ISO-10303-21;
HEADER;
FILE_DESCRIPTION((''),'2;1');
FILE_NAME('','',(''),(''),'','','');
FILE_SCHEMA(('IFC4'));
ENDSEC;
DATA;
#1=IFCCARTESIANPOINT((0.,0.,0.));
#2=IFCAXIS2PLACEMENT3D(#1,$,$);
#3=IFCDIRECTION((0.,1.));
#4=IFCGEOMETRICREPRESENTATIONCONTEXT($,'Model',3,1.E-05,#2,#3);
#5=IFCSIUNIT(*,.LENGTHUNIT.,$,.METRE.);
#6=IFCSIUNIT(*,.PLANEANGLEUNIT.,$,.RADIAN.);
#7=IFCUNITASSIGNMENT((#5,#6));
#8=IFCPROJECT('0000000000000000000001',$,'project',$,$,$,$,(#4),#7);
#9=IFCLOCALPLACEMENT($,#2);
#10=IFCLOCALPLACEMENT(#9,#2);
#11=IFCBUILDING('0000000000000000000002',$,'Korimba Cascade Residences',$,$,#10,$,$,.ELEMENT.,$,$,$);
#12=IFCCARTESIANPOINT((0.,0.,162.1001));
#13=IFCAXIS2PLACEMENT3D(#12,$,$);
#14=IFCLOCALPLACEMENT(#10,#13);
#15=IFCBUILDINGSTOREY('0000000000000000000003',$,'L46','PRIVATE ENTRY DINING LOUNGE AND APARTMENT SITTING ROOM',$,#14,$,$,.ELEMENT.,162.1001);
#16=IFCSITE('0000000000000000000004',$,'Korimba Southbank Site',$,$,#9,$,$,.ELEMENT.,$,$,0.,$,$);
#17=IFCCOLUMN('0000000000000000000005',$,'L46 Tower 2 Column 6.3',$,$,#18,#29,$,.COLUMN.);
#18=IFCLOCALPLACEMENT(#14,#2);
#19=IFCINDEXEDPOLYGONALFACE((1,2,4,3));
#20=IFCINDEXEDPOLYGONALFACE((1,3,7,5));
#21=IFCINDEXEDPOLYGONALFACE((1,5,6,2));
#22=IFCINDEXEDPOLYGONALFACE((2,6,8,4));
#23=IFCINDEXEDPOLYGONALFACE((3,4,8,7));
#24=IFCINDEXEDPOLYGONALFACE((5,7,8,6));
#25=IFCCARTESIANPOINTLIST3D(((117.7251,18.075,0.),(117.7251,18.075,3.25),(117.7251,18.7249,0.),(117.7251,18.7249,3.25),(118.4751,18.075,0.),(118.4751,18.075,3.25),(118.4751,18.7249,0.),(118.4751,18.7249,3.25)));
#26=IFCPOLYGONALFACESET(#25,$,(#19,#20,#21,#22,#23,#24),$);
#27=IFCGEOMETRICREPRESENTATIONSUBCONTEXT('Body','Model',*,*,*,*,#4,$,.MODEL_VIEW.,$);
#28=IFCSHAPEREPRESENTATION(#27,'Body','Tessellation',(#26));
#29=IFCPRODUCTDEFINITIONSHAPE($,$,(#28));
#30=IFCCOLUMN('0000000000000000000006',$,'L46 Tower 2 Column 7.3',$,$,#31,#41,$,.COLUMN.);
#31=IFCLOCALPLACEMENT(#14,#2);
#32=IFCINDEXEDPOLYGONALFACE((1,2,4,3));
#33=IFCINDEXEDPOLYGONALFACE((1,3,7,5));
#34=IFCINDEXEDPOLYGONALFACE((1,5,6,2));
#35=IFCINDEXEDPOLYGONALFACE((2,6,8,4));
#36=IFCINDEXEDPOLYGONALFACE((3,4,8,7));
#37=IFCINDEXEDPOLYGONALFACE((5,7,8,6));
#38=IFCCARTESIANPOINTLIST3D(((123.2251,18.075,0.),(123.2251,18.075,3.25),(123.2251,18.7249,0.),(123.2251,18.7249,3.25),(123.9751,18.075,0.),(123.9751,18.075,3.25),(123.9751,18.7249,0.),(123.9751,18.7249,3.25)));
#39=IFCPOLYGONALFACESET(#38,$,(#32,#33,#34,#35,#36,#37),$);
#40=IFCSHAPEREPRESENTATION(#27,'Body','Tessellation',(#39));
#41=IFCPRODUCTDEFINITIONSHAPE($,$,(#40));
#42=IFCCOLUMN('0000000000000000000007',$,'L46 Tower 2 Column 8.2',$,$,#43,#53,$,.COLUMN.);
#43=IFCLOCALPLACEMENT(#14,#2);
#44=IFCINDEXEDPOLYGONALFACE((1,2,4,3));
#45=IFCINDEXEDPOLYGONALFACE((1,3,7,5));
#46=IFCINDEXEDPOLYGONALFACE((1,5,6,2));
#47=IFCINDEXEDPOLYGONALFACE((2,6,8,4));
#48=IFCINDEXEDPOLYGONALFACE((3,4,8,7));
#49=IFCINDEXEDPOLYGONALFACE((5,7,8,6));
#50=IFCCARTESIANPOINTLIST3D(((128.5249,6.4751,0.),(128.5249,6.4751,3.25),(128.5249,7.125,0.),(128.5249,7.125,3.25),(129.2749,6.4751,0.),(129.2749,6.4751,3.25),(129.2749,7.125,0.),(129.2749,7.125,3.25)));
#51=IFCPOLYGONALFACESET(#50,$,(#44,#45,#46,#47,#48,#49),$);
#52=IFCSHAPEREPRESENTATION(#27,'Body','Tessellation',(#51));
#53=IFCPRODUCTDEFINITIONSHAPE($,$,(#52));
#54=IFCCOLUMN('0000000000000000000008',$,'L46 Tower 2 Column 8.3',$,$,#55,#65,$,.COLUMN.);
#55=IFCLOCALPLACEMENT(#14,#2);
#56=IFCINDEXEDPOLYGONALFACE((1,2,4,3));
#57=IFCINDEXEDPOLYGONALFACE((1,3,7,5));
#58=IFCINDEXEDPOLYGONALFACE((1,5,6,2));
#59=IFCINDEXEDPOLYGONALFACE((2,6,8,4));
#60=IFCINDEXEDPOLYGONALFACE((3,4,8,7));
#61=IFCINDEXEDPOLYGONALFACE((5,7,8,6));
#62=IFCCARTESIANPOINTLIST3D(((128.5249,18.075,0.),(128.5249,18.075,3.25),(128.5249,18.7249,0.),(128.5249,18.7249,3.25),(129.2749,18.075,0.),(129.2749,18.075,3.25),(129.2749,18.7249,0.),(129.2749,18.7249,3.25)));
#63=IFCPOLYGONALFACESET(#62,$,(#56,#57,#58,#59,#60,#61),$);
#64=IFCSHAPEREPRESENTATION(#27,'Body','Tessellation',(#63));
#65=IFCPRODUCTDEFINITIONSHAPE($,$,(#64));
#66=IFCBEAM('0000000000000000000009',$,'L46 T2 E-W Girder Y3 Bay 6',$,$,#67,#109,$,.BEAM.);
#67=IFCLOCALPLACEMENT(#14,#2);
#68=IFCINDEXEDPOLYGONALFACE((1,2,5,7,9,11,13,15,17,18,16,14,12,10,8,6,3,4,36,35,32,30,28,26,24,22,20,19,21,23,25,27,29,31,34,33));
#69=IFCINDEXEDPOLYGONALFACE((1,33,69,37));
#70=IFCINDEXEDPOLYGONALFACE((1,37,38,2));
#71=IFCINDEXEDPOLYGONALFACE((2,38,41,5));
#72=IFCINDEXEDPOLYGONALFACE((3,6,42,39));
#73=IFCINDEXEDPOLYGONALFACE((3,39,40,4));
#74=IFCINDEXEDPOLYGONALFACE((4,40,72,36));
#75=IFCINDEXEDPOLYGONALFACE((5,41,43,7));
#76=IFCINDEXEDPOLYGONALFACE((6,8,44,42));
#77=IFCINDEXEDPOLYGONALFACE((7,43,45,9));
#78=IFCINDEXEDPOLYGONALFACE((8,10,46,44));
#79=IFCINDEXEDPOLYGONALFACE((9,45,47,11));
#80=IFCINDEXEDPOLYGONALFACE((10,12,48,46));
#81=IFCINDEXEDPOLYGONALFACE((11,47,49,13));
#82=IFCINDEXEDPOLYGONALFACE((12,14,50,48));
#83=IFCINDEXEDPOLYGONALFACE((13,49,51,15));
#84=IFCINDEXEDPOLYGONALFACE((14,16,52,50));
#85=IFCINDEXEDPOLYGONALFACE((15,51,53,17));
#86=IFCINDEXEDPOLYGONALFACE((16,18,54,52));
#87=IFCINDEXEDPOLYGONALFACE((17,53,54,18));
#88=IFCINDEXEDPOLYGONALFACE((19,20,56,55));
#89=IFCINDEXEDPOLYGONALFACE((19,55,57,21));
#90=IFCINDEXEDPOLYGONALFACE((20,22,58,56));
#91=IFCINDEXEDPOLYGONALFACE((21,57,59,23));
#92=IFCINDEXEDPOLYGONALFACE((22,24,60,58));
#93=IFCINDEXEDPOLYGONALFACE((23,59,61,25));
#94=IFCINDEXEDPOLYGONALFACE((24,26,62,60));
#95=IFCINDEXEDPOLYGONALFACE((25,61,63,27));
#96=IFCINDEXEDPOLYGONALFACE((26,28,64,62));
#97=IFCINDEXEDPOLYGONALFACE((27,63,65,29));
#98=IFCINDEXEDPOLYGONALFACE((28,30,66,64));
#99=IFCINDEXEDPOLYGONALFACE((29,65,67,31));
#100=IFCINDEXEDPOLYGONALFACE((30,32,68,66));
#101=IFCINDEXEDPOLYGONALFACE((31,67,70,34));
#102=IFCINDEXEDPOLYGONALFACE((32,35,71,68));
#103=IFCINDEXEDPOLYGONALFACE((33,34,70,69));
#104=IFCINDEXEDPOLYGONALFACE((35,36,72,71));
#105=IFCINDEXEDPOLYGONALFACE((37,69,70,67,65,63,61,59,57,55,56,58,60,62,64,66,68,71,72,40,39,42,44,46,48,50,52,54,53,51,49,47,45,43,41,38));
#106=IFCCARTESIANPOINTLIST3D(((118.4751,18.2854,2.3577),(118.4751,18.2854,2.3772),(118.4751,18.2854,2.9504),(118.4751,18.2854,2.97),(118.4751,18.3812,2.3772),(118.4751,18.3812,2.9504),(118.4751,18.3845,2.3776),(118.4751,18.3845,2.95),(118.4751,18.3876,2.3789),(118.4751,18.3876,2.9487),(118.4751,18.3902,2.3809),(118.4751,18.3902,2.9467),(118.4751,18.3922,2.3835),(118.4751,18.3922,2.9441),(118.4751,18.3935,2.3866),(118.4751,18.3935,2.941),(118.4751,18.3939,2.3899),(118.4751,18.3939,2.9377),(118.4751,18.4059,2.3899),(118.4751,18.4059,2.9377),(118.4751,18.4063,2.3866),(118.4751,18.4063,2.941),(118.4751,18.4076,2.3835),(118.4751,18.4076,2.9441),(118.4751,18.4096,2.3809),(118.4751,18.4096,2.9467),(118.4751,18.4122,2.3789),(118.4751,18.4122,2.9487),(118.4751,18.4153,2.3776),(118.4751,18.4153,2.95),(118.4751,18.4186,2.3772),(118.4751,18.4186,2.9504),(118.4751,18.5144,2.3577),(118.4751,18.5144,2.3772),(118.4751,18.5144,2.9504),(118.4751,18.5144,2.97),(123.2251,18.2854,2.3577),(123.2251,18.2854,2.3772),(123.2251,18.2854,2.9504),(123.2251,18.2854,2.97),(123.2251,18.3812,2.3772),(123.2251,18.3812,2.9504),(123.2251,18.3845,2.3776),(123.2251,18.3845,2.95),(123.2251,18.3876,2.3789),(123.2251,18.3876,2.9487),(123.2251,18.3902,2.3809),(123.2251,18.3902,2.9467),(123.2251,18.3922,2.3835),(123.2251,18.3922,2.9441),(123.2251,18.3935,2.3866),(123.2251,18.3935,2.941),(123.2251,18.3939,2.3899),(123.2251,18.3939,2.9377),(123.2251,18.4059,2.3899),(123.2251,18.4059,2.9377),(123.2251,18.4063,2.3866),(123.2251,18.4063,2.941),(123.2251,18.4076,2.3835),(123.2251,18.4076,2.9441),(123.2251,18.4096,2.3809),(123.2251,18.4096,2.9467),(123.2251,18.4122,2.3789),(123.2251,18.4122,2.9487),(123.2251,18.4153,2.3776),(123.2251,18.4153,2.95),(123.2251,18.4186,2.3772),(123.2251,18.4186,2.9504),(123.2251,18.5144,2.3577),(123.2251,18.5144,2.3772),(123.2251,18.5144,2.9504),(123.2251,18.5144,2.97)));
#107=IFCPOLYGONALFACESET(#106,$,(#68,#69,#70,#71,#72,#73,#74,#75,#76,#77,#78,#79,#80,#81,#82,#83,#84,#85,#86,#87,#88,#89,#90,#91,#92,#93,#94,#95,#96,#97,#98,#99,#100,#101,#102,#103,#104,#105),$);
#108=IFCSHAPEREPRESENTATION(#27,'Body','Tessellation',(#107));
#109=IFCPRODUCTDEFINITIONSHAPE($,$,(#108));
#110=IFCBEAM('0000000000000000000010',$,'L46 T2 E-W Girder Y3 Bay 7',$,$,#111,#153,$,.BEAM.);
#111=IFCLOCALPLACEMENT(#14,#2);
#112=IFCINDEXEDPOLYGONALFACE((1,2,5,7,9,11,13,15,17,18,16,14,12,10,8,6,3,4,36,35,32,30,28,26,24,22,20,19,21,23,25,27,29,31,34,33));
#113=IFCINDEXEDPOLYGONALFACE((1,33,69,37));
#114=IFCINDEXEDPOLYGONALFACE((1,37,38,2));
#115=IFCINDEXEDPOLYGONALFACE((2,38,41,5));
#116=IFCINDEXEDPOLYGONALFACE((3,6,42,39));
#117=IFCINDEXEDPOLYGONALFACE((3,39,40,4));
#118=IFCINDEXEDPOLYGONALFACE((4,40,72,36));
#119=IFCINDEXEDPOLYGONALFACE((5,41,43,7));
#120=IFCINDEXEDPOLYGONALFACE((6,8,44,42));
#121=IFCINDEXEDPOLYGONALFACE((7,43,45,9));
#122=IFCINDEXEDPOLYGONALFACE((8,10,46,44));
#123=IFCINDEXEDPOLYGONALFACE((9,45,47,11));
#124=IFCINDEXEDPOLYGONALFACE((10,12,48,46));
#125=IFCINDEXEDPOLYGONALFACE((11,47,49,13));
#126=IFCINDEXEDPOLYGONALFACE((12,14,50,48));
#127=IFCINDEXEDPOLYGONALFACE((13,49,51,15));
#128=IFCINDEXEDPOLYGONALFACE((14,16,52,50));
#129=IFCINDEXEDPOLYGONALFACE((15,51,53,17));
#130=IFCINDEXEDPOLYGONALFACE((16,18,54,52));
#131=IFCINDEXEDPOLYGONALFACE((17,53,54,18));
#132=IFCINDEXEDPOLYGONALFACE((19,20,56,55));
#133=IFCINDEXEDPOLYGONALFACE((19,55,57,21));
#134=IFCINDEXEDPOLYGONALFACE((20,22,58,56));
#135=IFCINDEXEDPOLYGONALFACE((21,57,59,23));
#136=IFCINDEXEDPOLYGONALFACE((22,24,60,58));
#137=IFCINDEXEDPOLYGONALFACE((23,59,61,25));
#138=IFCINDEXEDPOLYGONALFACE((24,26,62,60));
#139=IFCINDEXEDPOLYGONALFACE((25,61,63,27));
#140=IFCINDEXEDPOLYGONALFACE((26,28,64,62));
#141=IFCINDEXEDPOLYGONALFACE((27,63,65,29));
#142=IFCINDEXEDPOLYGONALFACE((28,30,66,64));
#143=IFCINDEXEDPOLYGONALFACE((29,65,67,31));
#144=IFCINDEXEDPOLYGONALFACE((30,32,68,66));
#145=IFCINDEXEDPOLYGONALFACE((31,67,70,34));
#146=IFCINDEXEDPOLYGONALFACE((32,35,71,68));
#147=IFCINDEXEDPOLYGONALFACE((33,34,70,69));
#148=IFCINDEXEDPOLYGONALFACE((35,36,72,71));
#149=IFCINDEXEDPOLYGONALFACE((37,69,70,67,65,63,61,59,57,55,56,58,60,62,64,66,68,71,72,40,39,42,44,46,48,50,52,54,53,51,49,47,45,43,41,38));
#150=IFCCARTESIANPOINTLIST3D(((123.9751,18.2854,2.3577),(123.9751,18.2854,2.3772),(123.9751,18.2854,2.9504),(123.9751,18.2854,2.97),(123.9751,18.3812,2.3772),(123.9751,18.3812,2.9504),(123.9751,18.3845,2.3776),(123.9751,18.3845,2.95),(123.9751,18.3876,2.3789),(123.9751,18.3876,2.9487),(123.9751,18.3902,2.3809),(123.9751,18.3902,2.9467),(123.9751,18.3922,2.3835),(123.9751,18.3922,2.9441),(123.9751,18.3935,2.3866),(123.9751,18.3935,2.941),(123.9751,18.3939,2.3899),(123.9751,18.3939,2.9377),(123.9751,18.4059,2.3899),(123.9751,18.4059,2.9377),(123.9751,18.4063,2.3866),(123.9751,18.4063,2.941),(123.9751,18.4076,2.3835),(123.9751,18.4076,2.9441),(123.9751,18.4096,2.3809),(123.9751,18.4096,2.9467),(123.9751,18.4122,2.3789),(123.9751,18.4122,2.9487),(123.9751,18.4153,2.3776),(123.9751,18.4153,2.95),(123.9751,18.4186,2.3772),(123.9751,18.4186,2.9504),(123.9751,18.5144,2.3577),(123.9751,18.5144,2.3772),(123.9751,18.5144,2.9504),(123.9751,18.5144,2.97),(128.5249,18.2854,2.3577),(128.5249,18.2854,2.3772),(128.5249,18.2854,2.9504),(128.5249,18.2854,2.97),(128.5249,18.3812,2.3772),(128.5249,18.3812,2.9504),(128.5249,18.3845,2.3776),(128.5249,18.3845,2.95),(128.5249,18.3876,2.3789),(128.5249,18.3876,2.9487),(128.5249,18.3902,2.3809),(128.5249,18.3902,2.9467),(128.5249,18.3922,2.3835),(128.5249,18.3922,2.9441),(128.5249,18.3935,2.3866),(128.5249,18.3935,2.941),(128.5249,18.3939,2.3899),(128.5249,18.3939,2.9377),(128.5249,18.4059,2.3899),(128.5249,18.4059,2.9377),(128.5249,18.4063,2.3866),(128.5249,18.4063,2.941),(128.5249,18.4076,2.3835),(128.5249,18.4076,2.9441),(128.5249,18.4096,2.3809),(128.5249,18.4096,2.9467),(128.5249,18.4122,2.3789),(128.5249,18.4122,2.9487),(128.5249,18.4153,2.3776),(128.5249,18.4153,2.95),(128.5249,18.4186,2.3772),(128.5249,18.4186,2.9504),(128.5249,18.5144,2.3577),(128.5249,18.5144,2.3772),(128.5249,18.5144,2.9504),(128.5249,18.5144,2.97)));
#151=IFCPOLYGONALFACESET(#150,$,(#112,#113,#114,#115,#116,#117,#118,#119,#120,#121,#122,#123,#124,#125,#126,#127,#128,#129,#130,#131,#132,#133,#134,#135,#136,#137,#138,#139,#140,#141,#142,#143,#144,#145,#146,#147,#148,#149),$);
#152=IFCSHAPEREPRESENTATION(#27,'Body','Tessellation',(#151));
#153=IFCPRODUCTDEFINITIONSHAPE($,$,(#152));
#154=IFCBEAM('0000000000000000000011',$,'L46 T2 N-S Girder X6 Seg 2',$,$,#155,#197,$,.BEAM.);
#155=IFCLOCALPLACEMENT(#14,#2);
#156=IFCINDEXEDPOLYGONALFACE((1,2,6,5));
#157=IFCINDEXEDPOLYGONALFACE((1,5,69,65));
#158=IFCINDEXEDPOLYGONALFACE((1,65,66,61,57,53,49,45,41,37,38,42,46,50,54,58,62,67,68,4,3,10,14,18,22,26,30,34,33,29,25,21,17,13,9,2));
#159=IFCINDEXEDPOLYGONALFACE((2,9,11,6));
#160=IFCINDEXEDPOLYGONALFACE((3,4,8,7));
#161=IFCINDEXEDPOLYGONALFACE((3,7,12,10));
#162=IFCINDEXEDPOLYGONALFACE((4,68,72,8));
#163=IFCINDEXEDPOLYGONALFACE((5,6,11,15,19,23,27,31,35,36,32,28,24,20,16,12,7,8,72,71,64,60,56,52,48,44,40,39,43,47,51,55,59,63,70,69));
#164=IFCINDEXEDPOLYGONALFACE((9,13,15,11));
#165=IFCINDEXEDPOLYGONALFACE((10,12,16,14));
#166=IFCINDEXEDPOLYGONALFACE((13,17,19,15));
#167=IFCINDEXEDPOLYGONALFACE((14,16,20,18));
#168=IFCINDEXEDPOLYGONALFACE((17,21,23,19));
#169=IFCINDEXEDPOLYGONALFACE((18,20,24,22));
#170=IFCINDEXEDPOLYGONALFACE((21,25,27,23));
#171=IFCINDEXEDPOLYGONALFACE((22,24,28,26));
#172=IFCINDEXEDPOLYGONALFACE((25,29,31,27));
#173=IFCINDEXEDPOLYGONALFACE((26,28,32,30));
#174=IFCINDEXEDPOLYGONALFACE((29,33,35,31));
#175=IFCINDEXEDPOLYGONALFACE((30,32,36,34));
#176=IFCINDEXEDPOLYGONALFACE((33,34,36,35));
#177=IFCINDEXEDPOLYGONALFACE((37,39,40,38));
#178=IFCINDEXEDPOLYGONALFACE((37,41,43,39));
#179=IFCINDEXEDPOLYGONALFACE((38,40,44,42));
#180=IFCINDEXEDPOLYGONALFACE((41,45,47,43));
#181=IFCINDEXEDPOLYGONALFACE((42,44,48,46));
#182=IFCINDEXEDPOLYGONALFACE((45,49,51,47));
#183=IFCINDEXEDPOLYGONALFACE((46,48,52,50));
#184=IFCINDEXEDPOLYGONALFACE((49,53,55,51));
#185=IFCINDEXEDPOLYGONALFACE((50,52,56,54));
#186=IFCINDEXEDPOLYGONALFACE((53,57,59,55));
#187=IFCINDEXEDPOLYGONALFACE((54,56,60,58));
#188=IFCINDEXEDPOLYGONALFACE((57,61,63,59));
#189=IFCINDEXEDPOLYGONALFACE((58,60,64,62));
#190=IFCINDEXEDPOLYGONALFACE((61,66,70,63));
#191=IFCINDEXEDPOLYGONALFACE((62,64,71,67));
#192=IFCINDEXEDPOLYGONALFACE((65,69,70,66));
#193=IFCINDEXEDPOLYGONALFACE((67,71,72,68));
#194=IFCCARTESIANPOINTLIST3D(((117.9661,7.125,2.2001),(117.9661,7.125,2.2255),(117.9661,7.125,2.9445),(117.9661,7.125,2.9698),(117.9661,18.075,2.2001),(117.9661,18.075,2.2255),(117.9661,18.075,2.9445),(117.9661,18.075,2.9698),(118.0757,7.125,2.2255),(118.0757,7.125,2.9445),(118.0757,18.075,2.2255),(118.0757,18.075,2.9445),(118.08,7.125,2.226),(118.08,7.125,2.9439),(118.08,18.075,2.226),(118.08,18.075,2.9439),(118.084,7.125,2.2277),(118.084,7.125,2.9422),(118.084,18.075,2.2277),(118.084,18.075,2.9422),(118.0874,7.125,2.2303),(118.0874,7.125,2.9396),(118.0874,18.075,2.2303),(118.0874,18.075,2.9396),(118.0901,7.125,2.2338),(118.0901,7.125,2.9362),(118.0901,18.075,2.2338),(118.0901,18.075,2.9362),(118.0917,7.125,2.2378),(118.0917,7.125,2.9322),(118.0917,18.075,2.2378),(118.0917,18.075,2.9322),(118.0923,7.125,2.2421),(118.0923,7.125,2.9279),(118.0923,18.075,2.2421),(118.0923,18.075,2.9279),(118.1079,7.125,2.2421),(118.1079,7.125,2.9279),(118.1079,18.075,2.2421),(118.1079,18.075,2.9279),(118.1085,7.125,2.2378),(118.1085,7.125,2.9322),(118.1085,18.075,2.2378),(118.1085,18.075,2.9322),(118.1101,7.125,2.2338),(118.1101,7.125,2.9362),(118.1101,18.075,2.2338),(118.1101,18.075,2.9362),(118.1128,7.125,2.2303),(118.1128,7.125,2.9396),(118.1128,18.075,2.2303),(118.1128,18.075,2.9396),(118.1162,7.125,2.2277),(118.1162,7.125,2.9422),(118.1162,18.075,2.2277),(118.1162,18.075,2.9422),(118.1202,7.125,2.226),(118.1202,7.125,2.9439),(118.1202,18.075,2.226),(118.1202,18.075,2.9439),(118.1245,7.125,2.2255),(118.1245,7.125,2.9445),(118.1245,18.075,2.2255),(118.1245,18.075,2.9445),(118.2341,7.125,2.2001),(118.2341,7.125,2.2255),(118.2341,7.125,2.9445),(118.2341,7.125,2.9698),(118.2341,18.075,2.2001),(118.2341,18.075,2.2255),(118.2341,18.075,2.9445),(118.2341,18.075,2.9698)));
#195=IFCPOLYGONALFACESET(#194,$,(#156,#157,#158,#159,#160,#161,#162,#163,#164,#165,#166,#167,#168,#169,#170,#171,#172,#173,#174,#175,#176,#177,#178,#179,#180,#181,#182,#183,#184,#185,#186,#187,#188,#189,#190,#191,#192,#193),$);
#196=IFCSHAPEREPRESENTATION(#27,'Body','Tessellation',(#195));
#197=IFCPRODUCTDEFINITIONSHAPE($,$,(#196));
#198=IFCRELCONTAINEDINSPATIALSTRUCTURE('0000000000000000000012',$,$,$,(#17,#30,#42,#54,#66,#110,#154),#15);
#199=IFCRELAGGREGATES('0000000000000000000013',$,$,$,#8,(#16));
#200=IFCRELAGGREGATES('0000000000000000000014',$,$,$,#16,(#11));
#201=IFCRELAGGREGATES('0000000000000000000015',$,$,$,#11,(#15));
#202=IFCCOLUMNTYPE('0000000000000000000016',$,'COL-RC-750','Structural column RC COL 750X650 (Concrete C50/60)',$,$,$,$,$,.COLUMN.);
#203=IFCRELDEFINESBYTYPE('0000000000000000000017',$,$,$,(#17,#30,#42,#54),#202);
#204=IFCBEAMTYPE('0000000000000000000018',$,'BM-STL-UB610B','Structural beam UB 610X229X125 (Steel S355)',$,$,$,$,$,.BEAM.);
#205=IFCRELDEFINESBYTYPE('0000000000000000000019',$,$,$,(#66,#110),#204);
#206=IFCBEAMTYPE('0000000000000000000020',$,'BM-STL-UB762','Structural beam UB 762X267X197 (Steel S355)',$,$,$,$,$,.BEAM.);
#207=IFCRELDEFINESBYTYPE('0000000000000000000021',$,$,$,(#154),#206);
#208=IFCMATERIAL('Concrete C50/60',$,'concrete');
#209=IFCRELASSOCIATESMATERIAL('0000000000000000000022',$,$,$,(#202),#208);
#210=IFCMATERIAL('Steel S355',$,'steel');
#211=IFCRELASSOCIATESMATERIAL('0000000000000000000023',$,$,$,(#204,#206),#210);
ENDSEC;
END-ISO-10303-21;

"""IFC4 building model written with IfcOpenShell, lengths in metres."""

from ifc_helpers import new_model, si_unit, direction, frame, origin, origin_2d, place, context, subcontext, project, spatial, rectangle, i_section, extrude, material, material_profile, profile_set, type_object, element, save


model = new_model("IFC4")

# Units and contexts
model_context = context("Model", 3, precision=1e-05, world=origin(), true_north=direction((0.0, 1.0)))
body_context = subcontext(model_context, "Body", "Model", "MODEL_VIEW")
ifc_project = project(units=[si_unit("LENGTHUNIT", "METRE"), si_unit("PLANEANGLEUNIT", "RADIAN")], contexts=[model_context])

# Site, building, storey
site_placement = place(None, origin())
site = spatial("IfcSite", under=ifc_project, at=site_placement, Name="Korimba Southbank Site", CompositionType="ELEMENT", RefElevation=0.0)
building_placement = place(site_placement, origin())
building = spatial("IfcBuilding", under=site, at=building_placement, Name="Korimba Cascade Residences", CompositionType="ELEMENT")
storey_placement = place(building_placement, frame((0.0, 0.0, 162.1001)))
storey = spatial("IfcBuildingStorey", under=building, at=storey_placement, Name="L46", Description="PRIVATE ENTRY DINING LOUNGE AND APARTMENT SITTING ROOM", CompositionType="ELEMENT", Elevation=162.1001)

# Columns
ifc_material_1 = material(Name="Concrete C50/60", Category="concrete")
ifc_material_profile_1 = material_profile(ifc_material_1, rectangle(XDim=0.75, YDim=0.6499, at=origin_2d()), Name="Concrete C50/60")
ifc_profile_set_1 = profile_set([ifc_material_profile_1], Name="Concrete C50/60")
column_type = type_object("IfcColumnType", Name="COL-RC-750", Description="Structural column RC COL 750X650 (Concrete C50/60)", PredefinedType="COLUMN", material=ifc_profile_set_1)
for number, where, z_axis, x_axis, name in (
    (1, (118.1001, 18.3999, 0.0), (0.0, 0.0, 1.0), (1.0, 0.0, 0.0), "L46 Tower 2 Column 6.3"),
    (2, (123.6001, 18.3999, 0.0), (0.0, 0.0, 1.0), (1.0, 0.0, 0.0), "L46 Tower 2 Column 7.3"),
    (3, (128.8999, 6.8, 0.0), (0.0, 0.0, 1.0), (1.0, 0.0, 0.0), "L46 Tower 2 Column 8.2"),
    (4, (128.8999, 18.3999, 0.0), (0.0, 0.0, 1.0), (1.0, 0.0, 0.0), "L46 Tower 2 Column 8.3"),
):
    element("IfcColumn", number, at=place(storey_placement, frame(where, z_axis=z_axis, x_axis=x_axis)), inside=storey, type_object=column_type, Name=name, PredefinedType="COLUMN", context=body_context, shape_type="SweptSolid", body=[
        extrude(rectangle(XDim=0.75, YDim=0.6499, at=origin_2d()), origin(), (0.0, 0.0, 1.0), 3.25),
    ])

# Beams
ifc_material_2 = material(Name="Steel S355", Category="steel")
ifc_material_profile_2 = material_profile(ifc_material_2, i_section(OverallWidth=0.229, OverallDepth=0.6123, WebThickness=0.012, FlangeThickness=0.0195, FilletRadius=0.0127, at=origin_2d()), Name="Steel S355")
ifc_profile_set_2 = profile_set([ifc_material_profile_2], Name="Steel S355")
beam_type_1 = type_object("IfcBeamType", Name="BM-STL-UB610B", Description="Structural beam UB 610X229X125 (Steel S355)", PredefinedType="BEAM", material=ifc_profile_set_2)
beam_1_placement = place(storey_placement, frame((118.4751, 18.3999, 2.6638), z_axis=(1.0, 0.0, 0.0), x_axis=(0.0, 1.0, 0.0)))
element("IfcBeam", 5, at=beam_1_placement, inside=storey, type_object=beam_type_1, Name="L46 T2 E-W Girder Y3 Bay 6", PredefinedType="BEAM", context=body_context, shape_type="SweptSolid", body=[
    extrude(i_section(OverallWidth=0.229, OverallDepth=0.6123, WebThickness=0.012, FlangeThickness=0.0195, FilletRadius=0.0127, at=origin_2d()), origin(), (0.0, 0.0, 1.0), 4.75),
])
beam_2_placement = place(storey_placement, frame((123.9751, 18.3999, 2.6638), z_axis=(1.0, 0.0, 0.0), x_axis=(0.0, 1.0, 0.0)))
element("IfcBeam", 6, at=beam_2_placement, inside=storey, type_object=beam_type_1, Name="L46 T2 E-W Girder Y3 Bay 7", PredefinedType="BEAM", context=body_context, shape_type="SweptSolid", body=[
    extrude(i_section(OverallWidth=0.229, OverallDepth=0.6123, WebThickness=0.012, FlangeThickness=0.0195, FilletRadius=0.0127, at=origin_2d()), origin(), (0.0, 0.0, 1.0), 4.5498),
])
ifc_material_profile_3 = material_profile(ifc_material_2, i_section(OverallWidth=0.2681, OverallDepth=0.7698, WebThickness=0.0156, FlangeThickness=0.0254, FilletRadius=0.0166, at=origin_2d()), Name="Steel S355")
ifc_profile_set_3 = profile_set([ifc_material_profile_3], Name="Steel S355")
beam_type_2 = type_object("IfcBeamType", Name="BM-STL-UB762", Description="Structural beam UB 762X267X197 (Steel S355)", PredefinedType="BEAM", material=ifc_profile_set_3)
for number, where, z_axis, x_axis, name in (
    (7, (118.1001, 7.125, 2.585), (0.0, 1.0, 0.0), (-1.0, 0.0, 0.0), "L46 T2 N-S Girder X6 Seg 2"),
):
    element("IfcBeam", number, at=place(storey_placement, frame(where, z_axis=z_axis, x_axis=x_axis)), inside=storey, type_object=beam_type_2, Name=name, PredefinedType="BEAM", context=body_context, shape_type="SweptSolid", body=[
        extrude(i_section(OverallWidth=0.2681, OverallDepth=0.7698, WebThickness=0.0156, FlangeThickness=0.0254, FilletRadius=0.0166, at=origin_2d()), origin(), (0.0, 0.0, 1.0), 10.95),
    ])

save(model, "model.ifc")
